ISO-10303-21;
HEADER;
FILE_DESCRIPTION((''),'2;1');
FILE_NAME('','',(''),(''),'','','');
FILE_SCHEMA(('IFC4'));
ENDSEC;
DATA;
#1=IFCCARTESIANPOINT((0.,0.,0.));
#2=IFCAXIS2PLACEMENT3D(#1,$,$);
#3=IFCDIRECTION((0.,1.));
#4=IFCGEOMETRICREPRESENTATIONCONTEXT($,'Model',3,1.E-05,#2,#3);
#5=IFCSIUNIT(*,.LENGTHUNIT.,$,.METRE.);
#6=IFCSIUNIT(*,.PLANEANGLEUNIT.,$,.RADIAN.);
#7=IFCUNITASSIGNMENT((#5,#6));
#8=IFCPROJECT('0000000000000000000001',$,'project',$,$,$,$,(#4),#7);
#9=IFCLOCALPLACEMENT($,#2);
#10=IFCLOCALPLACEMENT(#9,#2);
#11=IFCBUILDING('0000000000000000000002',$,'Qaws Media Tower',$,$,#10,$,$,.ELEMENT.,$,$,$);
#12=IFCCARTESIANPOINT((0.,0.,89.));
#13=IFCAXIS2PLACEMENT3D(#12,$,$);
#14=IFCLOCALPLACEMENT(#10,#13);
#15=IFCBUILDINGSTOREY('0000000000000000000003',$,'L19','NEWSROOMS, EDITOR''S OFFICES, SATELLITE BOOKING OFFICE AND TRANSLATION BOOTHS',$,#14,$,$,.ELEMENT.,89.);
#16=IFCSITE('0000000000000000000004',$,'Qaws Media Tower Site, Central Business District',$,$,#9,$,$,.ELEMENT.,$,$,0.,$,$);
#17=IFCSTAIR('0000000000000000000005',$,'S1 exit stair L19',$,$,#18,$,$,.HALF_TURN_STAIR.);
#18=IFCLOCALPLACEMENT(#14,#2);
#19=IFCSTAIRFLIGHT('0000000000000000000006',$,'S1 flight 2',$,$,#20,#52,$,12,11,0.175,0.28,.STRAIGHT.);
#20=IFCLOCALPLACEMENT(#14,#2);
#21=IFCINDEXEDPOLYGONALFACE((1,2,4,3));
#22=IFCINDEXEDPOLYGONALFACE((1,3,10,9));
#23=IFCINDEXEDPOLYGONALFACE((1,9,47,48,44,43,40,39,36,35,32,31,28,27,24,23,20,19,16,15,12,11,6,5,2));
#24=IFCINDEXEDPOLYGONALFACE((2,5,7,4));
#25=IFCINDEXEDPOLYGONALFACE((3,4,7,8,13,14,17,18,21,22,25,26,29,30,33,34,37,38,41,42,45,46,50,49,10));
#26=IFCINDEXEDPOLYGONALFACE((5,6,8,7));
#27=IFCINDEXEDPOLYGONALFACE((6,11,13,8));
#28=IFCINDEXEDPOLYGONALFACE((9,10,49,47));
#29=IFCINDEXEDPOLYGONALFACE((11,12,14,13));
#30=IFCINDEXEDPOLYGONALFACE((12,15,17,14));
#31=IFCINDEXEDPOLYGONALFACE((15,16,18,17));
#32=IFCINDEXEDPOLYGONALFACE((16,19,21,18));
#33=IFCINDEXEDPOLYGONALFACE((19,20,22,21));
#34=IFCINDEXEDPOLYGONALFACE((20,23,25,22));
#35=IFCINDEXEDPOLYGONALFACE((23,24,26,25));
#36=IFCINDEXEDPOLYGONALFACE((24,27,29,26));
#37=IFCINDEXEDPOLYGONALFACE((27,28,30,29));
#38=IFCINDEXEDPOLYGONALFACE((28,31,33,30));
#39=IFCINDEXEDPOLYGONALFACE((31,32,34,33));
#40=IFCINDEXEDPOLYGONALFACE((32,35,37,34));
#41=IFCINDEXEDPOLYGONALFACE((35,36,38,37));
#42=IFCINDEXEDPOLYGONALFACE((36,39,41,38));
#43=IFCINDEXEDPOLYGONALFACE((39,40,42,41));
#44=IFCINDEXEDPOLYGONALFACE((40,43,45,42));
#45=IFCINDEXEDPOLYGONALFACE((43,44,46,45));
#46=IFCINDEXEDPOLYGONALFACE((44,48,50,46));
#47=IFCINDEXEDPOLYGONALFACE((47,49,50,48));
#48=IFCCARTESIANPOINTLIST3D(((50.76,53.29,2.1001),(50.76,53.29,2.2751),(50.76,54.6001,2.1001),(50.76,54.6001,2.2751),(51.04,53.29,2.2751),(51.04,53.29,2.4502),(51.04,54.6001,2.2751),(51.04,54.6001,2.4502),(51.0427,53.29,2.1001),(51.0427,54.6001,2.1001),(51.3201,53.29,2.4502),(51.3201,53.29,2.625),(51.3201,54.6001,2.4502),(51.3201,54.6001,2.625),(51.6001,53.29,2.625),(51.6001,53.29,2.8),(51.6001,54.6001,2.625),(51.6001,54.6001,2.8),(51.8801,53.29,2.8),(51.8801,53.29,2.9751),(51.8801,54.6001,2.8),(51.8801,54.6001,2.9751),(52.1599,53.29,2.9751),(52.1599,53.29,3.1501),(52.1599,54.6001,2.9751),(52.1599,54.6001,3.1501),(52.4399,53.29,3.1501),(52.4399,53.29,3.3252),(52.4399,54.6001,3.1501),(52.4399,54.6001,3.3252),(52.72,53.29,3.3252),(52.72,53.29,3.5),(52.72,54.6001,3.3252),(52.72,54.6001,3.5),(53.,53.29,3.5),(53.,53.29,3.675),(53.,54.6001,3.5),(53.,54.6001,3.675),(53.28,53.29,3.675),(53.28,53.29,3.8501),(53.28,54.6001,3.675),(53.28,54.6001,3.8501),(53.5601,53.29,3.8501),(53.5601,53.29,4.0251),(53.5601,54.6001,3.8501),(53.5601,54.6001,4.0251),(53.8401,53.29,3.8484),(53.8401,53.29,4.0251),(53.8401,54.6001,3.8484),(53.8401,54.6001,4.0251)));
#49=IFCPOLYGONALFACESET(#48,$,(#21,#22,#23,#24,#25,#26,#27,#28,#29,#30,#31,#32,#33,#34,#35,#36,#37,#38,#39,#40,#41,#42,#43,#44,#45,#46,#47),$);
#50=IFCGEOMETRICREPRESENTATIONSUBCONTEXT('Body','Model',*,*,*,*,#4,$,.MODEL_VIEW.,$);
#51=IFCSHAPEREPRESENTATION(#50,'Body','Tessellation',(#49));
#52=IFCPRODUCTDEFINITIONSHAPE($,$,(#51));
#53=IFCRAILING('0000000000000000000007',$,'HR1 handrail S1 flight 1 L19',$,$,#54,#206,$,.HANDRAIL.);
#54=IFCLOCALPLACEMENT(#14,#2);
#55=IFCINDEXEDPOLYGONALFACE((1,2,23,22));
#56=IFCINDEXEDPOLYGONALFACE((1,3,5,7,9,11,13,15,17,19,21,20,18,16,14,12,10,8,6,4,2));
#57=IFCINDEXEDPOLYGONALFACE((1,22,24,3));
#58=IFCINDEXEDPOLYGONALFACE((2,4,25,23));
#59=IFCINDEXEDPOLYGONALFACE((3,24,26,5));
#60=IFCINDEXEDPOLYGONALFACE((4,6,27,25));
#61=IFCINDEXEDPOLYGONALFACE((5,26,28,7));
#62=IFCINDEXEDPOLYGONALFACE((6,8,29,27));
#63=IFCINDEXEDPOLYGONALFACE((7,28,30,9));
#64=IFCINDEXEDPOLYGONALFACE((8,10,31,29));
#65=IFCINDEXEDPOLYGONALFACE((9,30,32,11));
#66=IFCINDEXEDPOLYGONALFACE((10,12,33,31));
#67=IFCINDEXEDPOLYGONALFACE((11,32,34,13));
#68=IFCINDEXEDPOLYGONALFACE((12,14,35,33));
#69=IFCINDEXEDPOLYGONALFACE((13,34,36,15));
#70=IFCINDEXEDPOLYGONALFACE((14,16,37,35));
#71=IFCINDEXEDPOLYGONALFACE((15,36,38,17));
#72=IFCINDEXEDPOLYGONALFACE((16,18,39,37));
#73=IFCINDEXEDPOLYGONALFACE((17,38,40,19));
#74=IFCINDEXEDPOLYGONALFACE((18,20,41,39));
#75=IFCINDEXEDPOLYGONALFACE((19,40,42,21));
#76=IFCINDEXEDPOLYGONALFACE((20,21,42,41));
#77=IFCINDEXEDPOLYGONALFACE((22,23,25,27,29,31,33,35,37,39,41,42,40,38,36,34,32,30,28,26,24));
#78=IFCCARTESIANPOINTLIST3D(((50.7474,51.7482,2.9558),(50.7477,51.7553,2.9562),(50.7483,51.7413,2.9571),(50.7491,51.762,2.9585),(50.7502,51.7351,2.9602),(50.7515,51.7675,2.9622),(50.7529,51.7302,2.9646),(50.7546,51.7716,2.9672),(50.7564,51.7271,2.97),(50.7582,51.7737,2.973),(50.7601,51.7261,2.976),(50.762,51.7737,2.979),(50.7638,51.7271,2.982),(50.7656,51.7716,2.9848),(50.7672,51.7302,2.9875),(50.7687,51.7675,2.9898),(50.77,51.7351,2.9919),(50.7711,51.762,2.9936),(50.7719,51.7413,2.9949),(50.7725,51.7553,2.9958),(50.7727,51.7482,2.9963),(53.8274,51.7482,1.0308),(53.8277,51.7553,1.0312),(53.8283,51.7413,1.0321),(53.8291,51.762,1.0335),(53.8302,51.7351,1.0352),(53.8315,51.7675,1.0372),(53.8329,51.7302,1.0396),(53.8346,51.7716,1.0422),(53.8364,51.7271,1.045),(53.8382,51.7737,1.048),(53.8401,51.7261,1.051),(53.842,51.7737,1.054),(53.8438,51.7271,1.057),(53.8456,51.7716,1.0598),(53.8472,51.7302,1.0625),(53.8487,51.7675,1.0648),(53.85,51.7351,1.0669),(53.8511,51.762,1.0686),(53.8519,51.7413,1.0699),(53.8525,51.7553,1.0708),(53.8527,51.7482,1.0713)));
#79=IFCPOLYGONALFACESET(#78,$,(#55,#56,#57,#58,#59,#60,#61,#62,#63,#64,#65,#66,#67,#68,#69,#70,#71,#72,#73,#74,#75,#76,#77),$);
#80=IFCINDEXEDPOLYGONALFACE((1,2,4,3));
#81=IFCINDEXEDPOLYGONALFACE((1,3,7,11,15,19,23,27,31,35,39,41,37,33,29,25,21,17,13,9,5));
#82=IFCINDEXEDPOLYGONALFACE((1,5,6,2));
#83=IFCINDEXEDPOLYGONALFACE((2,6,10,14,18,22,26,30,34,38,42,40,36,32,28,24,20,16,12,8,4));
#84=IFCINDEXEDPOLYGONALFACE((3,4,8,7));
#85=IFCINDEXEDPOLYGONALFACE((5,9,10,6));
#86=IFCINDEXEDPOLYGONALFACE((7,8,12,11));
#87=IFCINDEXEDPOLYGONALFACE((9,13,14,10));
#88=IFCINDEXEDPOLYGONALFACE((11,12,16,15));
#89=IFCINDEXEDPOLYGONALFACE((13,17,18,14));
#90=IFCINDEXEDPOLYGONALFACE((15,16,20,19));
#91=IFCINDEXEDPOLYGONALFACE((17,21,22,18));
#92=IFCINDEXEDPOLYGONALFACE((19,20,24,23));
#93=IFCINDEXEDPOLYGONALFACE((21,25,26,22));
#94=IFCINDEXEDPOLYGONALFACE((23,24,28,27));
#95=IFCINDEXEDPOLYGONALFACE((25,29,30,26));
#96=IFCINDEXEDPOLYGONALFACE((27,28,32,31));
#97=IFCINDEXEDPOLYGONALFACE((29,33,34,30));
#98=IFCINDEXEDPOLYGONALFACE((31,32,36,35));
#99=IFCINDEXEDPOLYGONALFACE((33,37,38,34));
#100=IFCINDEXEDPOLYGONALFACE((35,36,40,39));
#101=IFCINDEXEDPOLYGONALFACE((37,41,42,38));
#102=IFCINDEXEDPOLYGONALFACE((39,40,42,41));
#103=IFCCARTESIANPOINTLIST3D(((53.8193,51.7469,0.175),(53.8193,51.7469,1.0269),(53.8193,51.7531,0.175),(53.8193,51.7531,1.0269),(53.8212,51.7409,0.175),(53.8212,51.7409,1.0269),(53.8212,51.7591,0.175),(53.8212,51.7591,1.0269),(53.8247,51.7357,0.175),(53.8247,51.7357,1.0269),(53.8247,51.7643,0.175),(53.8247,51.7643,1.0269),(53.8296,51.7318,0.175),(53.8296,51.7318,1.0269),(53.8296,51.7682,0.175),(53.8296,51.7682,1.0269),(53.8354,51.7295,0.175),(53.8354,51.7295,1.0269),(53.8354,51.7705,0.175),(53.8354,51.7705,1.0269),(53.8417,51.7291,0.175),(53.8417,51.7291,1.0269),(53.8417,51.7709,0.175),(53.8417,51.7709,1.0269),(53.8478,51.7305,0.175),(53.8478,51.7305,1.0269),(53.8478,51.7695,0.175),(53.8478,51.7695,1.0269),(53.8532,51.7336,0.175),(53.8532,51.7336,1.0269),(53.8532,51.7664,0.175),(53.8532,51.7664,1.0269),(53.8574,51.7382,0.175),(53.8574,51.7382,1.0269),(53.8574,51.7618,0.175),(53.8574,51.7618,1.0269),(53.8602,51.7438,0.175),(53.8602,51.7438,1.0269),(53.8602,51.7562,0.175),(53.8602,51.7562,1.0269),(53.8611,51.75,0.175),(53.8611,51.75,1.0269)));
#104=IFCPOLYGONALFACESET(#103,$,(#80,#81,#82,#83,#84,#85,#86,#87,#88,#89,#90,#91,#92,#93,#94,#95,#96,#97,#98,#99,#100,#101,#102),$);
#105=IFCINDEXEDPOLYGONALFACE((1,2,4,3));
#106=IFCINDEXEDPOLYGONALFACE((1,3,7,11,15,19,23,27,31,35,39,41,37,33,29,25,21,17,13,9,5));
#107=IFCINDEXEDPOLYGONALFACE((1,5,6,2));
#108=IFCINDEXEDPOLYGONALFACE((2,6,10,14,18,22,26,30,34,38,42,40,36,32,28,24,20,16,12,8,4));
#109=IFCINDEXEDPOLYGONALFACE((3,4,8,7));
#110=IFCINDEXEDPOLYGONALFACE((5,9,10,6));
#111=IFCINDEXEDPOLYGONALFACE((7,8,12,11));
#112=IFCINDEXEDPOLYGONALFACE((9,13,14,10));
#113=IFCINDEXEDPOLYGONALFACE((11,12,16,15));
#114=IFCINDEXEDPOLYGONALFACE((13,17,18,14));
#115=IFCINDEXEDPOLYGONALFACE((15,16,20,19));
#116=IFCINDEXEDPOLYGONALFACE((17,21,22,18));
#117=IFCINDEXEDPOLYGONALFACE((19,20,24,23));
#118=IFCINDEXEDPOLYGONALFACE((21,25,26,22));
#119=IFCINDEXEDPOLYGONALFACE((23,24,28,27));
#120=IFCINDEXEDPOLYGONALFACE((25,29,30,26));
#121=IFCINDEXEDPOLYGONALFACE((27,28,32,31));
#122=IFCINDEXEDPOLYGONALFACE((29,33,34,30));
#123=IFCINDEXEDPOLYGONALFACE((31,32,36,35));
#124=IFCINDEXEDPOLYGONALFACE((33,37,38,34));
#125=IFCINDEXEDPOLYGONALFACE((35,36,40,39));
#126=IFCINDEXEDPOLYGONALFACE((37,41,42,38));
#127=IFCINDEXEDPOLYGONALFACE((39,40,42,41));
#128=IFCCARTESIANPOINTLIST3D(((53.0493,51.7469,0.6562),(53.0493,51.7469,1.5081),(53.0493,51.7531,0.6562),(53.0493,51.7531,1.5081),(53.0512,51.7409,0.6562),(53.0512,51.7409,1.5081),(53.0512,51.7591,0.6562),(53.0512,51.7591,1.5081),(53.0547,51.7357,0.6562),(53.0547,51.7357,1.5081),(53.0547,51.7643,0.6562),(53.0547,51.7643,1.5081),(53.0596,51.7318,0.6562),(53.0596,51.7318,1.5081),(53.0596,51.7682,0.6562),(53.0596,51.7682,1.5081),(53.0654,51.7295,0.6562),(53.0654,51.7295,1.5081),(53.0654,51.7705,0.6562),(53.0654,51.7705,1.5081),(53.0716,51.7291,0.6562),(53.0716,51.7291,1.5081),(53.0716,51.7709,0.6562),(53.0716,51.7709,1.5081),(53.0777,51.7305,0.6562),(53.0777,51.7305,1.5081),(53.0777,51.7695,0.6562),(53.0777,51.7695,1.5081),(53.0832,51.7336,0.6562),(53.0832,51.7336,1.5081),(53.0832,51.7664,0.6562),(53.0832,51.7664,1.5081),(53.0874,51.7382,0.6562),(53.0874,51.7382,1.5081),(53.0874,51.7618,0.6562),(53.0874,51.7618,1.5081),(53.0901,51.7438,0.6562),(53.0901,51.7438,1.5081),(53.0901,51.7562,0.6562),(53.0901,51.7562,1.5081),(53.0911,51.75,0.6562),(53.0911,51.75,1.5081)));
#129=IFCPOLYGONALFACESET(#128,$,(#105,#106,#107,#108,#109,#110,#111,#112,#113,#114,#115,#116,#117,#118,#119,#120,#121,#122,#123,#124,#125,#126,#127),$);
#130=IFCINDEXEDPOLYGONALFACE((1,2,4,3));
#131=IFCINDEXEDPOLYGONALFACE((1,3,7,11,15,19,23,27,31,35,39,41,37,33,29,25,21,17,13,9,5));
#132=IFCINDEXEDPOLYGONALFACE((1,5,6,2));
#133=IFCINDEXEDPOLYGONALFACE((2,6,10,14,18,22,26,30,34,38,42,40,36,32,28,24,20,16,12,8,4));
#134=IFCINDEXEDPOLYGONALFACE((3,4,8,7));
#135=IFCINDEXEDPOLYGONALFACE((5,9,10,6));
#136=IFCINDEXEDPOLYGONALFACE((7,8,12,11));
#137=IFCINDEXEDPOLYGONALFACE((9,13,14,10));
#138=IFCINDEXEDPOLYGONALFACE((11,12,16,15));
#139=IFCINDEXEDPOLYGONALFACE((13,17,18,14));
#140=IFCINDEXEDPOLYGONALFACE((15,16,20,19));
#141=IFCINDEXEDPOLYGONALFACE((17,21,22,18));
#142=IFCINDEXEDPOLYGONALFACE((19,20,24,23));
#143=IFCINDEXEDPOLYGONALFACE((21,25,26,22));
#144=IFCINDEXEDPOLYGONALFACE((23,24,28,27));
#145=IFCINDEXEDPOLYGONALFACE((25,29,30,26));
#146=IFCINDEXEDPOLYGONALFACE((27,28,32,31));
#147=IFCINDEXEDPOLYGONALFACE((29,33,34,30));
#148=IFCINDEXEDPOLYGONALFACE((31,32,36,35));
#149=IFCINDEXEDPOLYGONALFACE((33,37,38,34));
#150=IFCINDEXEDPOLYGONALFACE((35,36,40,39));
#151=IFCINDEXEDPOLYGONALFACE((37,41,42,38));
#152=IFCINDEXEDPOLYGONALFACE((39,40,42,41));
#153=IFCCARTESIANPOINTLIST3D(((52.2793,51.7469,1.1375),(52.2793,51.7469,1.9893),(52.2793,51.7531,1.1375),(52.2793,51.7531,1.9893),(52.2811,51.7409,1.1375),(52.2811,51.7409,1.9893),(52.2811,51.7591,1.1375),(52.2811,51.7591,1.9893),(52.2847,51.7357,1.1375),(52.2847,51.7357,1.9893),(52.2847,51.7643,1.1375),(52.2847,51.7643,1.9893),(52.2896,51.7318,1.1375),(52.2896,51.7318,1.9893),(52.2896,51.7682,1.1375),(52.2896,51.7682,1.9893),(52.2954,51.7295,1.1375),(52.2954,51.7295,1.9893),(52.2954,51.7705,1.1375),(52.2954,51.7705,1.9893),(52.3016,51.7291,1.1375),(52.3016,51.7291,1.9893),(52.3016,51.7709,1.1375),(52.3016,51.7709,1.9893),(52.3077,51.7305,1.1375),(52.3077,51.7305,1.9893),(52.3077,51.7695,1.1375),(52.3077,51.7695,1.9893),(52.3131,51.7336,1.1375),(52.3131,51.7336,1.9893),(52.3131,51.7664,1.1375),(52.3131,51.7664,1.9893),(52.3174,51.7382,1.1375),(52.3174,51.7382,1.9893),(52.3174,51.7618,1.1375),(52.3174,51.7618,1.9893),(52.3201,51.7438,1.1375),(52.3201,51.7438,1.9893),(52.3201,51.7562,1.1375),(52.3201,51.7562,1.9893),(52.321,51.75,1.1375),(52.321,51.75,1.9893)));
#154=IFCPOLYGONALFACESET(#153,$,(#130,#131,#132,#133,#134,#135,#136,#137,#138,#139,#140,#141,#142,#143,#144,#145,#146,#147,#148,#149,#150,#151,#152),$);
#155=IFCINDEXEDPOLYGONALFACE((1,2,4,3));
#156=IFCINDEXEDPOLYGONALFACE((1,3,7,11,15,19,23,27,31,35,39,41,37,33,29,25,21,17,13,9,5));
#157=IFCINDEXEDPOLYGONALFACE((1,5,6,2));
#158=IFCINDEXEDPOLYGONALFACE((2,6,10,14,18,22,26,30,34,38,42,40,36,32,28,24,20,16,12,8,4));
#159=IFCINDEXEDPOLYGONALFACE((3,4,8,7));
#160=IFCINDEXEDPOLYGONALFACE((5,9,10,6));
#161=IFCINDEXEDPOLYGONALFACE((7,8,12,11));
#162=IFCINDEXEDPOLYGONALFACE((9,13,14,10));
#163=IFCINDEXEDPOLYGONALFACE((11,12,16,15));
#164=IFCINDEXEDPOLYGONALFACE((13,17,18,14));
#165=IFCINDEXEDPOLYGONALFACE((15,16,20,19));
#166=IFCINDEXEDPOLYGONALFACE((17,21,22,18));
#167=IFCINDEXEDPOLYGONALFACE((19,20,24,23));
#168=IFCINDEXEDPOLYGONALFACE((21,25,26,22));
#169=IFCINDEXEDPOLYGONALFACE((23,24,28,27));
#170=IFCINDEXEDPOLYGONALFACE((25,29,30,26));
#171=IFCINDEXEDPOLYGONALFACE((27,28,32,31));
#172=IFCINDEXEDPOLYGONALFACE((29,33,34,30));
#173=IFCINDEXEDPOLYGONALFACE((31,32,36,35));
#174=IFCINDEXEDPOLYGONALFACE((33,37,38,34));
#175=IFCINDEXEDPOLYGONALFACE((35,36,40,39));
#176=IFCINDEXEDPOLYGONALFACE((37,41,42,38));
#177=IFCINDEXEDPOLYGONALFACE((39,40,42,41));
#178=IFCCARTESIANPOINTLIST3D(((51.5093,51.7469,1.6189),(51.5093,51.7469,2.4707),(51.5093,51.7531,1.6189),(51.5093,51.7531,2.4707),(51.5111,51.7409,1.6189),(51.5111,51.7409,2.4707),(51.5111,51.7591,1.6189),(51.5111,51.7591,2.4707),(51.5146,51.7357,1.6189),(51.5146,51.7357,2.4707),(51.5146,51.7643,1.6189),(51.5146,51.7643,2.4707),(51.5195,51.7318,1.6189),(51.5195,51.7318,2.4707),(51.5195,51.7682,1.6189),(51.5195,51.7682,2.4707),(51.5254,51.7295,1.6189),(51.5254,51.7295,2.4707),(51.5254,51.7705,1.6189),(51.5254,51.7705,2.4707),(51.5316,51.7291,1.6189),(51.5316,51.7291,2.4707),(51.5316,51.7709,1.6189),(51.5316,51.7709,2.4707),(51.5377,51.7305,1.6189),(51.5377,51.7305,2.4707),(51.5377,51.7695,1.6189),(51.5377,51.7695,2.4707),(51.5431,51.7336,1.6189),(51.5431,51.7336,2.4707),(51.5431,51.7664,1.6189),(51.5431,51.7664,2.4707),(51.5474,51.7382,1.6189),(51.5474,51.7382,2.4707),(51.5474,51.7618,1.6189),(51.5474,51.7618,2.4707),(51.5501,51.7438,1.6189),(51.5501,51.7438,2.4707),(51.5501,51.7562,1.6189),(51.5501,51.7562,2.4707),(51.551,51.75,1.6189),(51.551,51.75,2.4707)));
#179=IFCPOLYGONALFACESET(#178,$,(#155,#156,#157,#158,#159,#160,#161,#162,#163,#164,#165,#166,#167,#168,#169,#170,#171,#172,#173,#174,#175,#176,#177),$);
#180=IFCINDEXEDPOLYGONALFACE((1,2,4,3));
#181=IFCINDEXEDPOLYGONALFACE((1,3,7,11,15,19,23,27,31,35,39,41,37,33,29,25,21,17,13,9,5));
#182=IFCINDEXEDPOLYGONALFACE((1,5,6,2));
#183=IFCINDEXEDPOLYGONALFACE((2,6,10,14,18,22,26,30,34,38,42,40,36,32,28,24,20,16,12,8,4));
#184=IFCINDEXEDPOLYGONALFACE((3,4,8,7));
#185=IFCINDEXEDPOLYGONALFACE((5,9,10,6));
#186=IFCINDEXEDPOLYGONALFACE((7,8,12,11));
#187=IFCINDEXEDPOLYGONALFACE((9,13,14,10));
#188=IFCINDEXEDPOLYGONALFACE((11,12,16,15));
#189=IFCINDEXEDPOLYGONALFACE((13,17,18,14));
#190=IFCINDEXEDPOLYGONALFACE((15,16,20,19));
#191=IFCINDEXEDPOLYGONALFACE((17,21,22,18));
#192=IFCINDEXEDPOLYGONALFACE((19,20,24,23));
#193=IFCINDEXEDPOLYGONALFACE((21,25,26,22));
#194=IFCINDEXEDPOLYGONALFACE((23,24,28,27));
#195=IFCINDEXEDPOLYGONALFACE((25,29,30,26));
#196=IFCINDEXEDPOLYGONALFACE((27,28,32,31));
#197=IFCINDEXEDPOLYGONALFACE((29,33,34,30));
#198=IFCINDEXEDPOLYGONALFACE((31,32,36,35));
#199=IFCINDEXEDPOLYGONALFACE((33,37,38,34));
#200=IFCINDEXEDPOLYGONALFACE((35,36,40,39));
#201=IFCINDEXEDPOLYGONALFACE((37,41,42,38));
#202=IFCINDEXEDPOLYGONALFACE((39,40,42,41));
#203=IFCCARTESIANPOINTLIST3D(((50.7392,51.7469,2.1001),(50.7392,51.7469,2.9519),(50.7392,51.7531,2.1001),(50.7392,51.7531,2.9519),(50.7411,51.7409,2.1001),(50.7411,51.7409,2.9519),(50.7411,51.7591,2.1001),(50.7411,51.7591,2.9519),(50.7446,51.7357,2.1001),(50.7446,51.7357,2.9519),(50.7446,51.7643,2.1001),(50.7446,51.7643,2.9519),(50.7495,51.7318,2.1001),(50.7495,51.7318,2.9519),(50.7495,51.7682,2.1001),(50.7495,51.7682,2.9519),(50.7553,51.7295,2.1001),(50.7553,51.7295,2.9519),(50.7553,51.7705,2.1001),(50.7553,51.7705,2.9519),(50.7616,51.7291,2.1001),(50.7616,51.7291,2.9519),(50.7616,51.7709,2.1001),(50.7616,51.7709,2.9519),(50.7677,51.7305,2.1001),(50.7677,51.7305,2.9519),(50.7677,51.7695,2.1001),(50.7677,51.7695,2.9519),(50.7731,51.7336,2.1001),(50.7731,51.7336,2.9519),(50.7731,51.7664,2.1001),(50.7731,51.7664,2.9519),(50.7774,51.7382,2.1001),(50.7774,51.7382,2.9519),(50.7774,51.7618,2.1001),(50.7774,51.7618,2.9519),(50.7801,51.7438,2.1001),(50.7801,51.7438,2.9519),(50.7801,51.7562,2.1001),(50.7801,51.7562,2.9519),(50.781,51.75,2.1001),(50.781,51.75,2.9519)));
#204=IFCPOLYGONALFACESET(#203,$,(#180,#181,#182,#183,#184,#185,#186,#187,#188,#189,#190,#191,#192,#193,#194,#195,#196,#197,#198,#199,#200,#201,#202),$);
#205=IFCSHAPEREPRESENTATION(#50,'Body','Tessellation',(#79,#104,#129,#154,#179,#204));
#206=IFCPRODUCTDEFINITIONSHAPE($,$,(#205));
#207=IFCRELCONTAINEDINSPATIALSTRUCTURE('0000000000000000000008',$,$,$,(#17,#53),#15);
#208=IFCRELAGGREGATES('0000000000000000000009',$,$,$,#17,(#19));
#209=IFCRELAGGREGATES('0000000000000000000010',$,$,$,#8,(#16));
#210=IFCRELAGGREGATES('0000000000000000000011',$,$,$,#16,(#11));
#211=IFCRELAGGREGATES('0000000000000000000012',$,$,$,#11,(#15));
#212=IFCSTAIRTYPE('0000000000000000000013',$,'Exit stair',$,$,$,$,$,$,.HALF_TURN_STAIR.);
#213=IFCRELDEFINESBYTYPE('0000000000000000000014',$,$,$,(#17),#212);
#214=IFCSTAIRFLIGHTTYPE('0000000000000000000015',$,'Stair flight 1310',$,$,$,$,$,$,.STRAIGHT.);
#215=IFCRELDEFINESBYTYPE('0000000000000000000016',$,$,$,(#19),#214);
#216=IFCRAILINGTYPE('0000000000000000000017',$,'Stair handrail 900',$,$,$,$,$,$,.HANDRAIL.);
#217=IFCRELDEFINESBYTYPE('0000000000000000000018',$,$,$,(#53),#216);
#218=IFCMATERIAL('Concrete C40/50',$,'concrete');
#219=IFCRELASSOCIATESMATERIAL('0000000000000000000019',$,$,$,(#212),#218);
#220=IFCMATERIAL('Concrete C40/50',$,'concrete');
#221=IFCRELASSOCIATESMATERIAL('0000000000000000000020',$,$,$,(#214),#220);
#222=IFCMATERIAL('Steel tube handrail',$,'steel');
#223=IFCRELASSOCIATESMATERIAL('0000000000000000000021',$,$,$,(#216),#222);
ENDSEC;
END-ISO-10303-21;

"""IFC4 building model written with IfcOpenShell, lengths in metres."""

from ifc_helpers import new_model, si_unit, direction, frame, origin, origin_2d, place, context, subcontext, project, spatial, polyline, circle, outline, extrude, material, type_object, element, aggregate, save


model = new_model("IFC4")

# Units and contexts
model_context = context("Model", 3, precision=1e-05, world=origin(), true_north=direction((0.0, 1.0)))
body_context = subcontext(model_context, "Body", "Model", "MODEL_VIEW")
ifc_project = project(units=[si_unit("LENGTHUNIT", "METRE"), si_unit("PLANEANGLEUNIT", "RADIAN")], contexts=[model_context])

# Site, building, storey
site_placement = place(None, origin())
site = spatial("IfcSite", under=ifc_project, at=site_placement, Name="Qaws Media Tower Site, Central Business District", CompositionType="ELEMENT", RefElevation=0.0)
building_placement = place(site_placement, origin())
building = spatial("IfcBuilding", under=site, at=building_placement, Name="Qaws Media Tower", CompositionType="ELEMENT")
storey_placement = place(building_placement, frame((0.0, 0.0, 89.0)))
storey = spatial("IfcBuildingStorey", under=building, at=storey_placement, Name="L19", Description="NEWSROOMS, EDITOR'S OFFICES, SATELLITE BOOKING OFFICE AND TRANSLATION BOOTHS", CompositionType="ELEMENT", Elevation=89.0)

# Stair, stair flight
ifc_material_1 = material(Name="Concrete C40/50", Category="concrete")
stair_type = type_object("IfcStairType", Name="Exit stair", PredefinedType="HALF_TURN_STAIR", material=ifc_material_1)
stair_placement = place(storey_placement, origin())
stair = element("IfcStair", 1, at=stair_placement, inside=storey, type_object=stair_type, Name="S1 exit stair L19", PredefinedType="HALF_TURN_STAIR")
ifc_material_2 = material(Name="Concrete C40/50", Category="concrete")
stair_flight_type = type_object("IfcStairFlightType", Name="Stair flight 1310", PredefinedType="STRAIGHT", material=ifc_material_2)
stair_flight_1_placement = place(storey_placement, frame((50.76, 53.9451, 2.1001), z_axis=(0.0, 0.0, 1.0), x_axis=(1.0, 0.0, 0.0)))
stair_flight_1 = element("IfcStairFlight", 2, at=stair_flight_1_placement, type_object=stair_flight_type, Name="S1 flight 2", NumberOfRisers=12, NumberOfTreads=11, PredefinedType="STRAIGHT", RiserHeight=0.175, TreadLength=0.28, context=body_context, shape_type="SweptSolid", body=[
    extrude(outline(polyline([(0.0, 0.0), (0.0, 0.175), (0.28, 0.175), (0.28, 0.3501), (0.5601, 0.3501), (0.5601, 0.5249), (0.8401, 0.5249), (0.8401, 0.7), (1.1201, 0.7), (1.1201, 0.875), (1.3999, 0.875), (1.3999, 1.05), (1.6799, 1.05), (1.6799, 1.2251), (1.96, 1.2251), (1.96, 1.3999), (2.24, 1.3999), (2.24, 1.575), (2.52, 1.575), (2.52, 1.75), (2.8, 1.75), (2.8, 1.925), (3.0801, 1.925), (3.0801, 2.1001), (3.0801, 1.7483), (0.2827, 0.0), (0.0, 0.0)])), frame((0.0, 0.655, 0.0), z_axis=(0.0, -1.0, 0.0), x_axis=(1.0, 0.0, 0.0)), (0.0, 0.0, 1.0), 1.3101),
])
aggregate(stair, [stair_flight_1])

# Railing
ifc_material_3 = material(Name="Steel tube handrail", Category="steel")
railing_type = type_object("IfcRailingType", Name="Stair handrail 900", PredefinedType="HANDRAIL", material=ifc_material_3)
for number, where, name in (
    (3, (53.8401, 51.75, 0.175), "HR1 handrail S1 flight 1 L19"),
):
    element("IfcRailing", number, at=place(storey_placement, frame(where)), inside=storey, type_object=railing_type, Name=name, PredefinedType="HANDRAIL", context=body_context, shape_type="SweptSolid", body=[
        extrude(circle(Radius=0.0239, at=origin_2d()), frame((0.0, 0.0, 0.876), z_axis=(-0.847998, 0.0, 0.529999), x_axis=(0.0, -1.0, 0.0)), (0.0, 0.0, 1.0), 3.6321),
        extrude(circle(Radius=0.021, at=origin_2d()), origin(), (0.0, 0.0, 1.0), 0.8518),
        extrude(circle(Radius=0.021, at=origin_2d()), frame((-0.77, 0.0, 0.4812)), (0.0, 0.0, 1.0), 0.8518),
        extrude(circle(Radius=0.021, at=origin_2d()), frame((-1.54, 0.0, 0.9624)), (0.0, 0.0, 1.0), 0.8518),
        extrude(circle(Radius=0.021, at=origin_2d()), frame((-2.3101, 0.0, 1.4438)), (0.0, 0.0, 1.0), 0.8518),
        extrude(circle(Radius=0.021, at=origin_2d()), frame((-3.0801, 0.0, 1.925)), (0.0, 0.0, 1.0), 0.8518),
    ])

save(model, "model.ifc")
